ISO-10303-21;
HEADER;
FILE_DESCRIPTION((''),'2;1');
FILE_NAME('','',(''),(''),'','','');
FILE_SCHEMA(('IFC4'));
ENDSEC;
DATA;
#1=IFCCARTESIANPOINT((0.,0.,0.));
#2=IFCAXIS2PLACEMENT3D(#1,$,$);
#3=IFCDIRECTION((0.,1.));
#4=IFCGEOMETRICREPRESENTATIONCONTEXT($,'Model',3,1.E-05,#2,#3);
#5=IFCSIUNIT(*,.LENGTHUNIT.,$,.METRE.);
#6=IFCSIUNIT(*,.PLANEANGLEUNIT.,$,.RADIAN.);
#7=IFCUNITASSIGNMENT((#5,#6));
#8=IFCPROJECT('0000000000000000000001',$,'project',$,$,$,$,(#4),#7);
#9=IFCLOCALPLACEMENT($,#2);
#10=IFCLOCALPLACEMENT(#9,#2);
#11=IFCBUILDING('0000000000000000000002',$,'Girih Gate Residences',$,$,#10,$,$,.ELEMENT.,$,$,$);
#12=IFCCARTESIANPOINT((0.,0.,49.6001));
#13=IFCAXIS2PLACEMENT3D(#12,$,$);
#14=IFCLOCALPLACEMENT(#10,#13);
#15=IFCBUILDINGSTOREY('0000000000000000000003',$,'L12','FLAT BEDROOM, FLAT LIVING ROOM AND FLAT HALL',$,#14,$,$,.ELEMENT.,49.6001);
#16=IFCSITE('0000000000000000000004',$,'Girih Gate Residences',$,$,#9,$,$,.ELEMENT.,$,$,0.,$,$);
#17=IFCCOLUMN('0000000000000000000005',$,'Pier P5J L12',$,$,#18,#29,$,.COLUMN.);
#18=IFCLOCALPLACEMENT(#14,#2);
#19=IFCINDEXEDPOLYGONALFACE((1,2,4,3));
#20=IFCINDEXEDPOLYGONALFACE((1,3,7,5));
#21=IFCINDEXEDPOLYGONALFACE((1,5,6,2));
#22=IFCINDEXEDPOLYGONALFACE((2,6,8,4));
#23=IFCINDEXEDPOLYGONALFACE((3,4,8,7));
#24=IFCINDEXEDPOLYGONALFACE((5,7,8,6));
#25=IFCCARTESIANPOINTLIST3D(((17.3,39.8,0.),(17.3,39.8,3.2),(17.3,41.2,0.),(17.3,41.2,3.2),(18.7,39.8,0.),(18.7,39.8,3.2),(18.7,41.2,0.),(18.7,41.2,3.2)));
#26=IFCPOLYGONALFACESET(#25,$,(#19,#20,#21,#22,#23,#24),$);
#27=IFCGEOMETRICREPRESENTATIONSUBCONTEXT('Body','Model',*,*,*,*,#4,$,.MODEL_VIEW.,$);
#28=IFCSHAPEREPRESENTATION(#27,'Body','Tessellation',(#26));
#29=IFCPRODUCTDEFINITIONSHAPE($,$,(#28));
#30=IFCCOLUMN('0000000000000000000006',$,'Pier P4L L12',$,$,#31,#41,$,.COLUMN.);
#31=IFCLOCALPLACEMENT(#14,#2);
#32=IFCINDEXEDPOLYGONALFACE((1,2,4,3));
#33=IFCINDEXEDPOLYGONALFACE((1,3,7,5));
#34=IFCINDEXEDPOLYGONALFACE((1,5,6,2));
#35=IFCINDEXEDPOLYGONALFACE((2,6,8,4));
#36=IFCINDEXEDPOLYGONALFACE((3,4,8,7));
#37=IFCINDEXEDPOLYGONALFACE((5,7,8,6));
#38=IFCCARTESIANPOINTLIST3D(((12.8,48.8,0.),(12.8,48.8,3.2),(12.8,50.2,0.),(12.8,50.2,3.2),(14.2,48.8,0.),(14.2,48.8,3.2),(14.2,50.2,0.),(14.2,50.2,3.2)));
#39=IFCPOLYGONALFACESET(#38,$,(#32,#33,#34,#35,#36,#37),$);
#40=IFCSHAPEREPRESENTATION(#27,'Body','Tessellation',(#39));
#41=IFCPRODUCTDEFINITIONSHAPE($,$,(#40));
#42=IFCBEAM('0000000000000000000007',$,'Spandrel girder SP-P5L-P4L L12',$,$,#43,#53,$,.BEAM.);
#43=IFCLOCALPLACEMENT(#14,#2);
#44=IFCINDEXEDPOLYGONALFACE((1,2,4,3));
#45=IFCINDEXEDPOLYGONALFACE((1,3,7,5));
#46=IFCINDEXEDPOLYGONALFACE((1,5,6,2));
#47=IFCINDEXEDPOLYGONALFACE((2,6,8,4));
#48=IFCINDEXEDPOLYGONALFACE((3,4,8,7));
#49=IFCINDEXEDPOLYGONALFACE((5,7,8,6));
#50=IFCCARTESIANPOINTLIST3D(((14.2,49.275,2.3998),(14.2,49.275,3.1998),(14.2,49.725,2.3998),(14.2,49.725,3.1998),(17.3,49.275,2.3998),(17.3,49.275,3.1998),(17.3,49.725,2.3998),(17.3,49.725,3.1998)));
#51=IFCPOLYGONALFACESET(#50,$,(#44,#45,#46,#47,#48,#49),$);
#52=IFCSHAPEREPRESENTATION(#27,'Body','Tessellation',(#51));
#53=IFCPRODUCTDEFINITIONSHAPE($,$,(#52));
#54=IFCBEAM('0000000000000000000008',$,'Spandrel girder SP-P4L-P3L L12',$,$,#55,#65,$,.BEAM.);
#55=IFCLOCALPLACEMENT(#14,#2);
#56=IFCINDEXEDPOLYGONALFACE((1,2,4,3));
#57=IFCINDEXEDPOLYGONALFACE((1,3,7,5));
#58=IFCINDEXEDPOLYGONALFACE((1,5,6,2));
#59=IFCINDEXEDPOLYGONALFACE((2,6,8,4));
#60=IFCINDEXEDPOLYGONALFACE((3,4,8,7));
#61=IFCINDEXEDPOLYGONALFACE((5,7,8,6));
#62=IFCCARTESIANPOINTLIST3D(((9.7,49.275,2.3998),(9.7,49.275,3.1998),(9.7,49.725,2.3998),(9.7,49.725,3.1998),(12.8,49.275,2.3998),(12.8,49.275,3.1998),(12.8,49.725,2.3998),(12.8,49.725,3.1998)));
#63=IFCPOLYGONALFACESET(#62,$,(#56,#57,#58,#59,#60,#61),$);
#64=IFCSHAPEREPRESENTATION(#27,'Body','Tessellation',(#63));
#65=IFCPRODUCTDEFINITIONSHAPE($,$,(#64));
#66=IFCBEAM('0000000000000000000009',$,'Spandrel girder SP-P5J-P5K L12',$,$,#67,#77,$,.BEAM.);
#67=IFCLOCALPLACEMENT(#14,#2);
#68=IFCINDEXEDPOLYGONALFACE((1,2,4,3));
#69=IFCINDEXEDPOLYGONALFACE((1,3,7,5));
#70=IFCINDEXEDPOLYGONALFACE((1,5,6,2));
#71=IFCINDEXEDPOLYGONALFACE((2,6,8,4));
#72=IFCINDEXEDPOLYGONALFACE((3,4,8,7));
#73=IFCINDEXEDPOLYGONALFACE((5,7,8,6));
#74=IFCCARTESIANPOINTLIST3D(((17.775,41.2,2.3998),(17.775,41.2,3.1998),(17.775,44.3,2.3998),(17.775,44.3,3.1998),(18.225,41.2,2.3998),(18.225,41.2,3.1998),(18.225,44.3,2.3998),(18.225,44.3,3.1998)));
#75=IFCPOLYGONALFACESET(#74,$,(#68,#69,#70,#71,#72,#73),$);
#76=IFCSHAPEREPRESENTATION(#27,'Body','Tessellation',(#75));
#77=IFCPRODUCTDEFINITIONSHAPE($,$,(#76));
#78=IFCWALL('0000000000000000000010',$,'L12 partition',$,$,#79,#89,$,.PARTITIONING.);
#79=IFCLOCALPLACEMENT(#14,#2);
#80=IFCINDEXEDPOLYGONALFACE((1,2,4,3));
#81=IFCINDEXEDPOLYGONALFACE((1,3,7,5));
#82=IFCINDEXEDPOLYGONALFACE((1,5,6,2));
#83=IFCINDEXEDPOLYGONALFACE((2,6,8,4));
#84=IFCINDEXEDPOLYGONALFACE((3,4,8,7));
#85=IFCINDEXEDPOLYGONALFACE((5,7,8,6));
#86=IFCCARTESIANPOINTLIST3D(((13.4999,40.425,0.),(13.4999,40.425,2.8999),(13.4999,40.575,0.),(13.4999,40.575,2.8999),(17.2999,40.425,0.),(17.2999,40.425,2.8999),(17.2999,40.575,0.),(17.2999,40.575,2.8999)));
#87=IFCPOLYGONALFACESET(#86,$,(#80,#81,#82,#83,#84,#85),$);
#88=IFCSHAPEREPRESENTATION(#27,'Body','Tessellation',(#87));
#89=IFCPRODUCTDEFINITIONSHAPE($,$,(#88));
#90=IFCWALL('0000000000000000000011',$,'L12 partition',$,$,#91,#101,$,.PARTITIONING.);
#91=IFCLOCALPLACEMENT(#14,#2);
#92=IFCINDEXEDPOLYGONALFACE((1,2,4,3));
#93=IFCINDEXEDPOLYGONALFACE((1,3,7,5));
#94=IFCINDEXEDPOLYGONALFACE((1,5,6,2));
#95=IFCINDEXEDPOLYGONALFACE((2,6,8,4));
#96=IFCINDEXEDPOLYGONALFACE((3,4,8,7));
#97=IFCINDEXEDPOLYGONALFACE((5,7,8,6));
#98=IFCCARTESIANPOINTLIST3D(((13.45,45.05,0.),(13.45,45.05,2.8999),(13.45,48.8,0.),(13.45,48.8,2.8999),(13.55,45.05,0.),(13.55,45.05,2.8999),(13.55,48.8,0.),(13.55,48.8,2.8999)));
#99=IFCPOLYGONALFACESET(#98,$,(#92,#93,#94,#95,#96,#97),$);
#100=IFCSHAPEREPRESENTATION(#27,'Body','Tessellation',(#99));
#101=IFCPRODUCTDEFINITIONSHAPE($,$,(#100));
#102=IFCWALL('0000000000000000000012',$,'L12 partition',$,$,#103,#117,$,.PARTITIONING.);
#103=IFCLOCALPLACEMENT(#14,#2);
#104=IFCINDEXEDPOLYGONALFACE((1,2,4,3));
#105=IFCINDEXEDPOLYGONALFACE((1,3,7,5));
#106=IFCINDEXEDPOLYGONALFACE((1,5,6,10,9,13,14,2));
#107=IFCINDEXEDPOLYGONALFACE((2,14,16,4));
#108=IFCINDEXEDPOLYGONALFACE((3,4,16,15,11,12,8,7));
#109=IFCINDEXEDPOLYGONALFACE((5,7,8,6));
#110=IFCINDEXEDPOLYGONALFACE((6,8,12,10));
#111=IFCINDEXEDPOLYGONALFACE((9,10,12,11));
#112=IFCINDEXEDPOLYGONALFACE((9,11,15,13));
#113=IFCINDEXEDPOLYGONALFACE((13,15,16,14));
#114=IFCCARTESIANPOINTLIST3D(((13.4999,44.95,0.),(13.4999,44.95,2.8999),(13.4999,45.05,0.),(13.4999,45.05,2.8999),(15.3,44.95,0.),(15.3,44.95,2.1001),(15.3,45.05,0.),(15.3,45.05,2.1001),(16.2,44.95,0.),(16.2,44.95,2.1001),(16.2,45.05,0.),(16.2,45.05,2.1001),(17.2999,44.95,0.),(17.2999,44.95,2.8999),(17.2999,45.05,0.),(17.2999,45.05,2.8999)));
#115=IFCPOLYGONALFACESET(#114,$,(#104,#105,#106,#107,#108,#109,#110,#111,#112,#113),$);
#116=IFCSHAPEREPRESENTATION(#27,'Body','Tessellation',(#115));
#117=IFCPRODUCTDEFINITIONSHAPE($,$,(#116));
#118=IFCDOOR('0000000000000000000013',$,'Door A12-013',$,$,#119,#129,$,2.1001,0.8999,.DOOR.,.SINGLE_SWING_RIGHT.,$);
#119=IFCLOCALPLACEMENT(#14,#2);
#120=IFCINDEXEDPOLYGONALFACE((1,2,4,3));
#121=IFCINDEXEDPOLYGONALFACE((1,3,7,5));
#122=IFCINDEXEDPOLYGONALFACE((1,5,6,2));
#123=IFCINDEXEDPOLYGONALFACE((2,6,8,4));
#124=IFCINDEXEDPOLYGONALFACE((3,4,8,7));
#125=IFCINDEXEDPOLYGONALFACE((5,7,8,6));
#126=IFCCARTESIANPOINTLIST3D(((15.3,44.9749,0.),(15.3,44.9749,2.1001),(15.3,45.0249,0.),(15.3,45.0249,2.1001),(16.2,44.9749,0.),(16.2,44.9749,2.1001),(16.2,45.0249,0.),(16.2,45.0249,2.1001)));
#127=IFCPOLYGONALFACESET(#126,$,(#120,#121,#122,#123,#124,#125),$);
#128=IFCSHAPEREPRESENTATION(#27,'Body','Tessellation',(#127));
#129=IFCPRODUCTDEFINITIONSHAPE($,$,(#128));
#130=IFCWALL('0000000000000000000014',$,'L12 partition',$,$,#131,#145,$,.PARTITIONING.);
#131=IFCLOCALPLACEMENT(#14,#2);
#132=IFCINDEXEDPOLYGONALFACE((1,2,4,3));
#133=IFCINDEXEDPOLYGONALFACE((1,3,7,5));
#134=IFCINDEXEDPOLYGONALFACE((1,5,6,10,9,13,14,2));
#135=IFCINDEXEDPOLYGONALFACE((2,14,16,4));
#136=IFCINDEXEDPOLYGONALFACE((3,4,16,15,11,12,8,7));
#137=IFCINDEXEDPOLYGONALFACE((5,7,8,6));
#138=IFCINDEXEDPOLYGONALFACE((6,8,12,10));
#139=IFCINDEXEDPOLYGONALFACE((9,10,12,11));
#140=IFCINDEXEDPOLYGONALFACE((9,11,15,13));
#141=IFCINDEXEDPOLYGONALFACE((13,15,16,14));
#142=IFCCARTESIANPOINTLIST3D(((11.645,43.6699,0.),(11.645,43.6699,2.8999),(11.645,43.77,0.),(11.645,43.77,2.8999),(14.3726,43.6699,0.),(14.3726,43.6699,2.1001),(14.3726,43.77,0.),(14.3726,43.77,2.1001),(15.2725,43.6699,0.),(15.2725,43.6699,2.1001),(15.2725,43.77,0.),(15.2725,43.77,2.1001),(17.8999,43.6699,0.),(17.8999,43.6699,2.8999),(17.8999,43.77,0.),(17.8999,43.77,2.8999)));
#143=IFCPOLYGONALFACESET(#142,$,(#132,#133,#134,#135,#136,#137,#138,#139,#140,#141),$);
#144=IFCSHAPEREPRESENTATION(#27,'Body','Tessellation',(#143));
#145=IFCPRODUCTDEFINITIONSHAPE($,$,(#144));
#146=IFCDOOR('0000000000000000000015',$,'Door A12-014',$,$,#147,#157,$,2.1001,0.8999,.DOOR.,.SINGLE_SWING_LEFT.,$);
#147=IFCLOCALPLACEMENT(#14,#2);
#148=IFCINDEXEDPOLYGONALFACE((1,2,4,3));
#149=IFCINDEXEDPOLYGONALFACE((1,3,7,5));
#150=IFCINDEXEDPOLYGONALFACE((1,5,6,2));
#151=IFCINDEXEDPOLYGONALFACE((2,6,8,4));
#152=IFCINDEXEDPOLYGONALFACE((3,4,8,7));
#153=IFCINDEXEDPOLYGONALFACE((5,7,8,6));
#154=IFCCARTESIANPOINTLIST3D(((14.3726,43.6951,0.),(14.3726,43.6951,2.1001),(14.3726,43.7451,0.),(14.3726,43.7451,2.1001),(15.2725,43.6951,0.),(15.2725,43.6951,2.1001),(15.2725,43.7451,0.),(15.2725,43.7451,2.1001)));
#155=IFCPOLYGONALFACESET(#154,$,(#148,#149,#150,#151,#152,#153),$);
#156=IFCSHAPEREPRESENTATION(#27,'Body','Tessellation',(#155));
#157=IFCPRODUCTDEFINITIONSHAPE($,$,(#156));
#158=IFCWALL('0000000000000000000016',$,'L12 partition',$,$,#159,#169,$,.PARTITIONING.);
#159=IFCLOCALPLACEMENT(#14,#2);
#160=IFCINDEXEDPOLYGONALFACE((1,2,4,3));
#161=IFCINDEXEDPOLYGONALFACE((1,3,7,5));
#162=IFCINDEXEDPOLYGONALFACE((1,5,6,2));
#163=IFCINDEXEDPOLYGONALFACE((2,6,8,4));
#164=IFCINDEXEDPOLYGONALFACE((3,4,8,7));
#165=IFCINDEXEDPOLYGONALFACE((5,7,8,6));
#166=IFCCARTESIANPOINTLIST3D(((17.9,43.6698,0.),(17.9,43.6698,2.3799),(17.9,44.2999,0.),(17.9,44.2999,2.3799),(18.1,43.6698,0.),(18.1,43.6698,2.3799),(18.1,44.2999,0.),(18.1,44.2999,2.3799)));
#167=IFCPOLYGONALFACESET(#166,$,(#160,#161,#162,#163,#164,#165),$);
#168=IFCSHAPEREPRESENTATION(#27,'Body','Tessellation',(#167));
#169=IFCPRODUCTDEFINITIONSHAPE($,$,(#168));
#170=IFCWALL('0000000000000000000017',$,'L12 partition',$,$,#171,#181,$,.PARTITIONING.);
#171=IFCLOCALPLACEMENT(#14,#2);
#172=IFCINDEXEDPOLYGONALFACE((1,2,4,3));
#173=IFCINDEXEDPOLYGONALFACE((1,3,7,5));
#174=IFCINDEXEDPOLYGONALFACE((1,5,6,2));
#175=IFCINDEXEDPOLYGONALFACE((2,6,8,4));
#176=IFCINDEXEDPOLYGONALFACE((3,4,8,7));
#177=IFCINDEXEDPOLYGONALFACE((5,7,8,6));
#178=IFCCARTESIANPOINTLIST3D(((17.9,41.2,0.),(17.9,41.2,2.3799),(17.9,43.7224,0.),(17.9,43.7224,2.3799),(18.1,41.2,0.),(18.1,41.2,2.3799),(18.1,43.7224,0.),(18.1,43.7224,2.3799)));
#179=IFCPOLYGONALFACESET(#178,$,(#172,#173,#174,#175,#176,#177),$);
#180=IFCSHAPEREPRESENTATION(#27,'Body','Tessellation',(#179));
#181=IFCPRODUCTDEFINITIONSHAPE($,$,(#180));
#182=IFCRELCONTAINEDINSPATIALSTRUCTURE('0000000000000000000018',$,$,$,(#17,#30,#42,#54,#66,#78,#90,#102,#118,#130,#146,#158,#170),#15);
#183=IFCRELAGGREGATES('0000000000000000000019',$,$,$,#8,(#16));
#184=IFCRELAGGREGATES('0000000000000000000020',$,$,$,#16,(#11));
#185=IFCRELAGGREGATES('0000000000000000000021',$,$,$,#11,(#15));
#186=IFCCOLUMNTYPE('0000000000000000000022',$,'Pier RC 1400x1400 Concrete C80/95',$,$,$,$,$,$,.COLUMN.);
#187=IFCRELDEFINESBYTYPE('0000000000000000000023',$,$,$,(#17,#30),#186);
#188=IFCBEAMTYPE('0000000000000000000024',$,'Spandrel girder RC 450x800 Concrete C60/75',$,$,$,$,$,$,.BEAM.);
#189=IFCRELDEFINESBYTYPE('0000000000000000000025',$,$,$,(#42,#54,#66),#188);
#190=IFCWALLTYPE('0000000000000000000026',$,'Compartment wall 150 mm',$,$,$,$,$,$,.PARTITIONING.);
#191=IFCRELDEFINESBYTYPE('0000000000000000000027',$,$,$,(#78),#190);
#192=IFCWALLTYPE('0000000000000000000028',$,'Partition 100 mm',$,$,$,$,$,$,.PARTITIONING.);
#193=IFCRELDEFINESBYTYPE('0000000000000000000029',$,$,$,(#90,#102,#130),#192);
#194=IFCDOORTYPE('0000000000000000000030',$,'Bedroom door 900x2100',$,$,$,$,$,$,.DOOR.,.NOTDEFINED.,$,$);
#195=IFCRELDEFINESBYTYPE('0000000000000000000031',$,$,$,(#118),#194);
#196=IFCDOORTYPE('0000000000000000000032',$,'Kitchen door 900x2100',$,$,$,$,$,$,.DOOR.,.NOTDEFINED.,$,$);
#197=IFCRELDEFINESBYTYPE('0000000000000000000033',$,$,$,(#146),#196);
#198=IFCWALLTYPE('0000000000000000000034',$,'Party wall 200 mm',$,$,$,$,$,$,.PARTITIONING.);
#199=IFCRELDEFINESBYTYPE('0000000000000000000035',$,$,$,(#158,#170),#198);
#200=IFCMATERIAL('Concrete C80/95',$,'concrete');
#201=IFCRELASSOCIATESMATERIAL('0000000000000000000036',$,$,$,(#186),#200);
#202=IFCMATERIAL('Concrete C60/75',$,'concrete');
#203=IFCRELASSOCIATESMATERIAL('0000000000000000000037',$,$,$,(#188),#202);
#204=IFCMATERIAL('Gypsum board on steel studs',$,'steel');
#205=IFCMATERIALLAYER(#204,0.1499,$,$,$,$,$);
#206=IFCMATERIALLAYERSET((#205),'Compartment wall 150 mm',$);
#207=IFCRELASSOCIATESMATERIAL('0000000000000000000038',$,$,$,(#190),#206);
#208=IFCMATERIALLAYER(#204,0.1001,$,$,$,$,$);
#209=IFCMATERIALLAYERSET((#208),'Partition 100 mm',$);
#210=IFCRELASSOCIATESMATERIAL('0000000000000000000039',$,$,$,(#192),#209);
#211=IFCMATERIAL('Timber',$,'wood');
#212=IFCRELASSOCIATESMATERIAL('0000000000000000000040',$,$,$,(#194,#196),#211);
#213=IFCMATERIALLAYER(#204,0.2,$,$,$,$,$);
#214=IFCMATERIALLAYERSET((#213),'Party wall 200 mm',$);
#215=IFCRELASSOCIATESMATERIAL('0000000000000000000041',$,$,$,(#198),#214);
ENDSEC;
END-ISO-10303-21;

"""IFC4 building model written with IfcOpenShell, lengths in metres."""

from ifc_helpers import new_model, si_unit, direction, frame, frame_2d, origin, origin_2d, place, context, subcontext, project, spatial, rectangle, extrude, material, layer, layer_set, material_profile, profile_set, type_object, element, fill, save


model = new_model("IFC4")

# Units and contexts
model_context = context("Model", 3, precision=1e-05, world=origin(), true_north=direction((0.0, 1.0)))
body_context = subcontext(model_context, "Body", "Model", "MODEL_VIEW")
ifc_project = project(units=[si_unit("LENGTHUNIT", "METRE"), si_unit("PLANEANGLEUNIT", "RADIAN")], contexts=[model_context])

# Site, building, storey
site_placement = place(None, origin())
site = spatial("IfcSite", under=ifc_project, at=site_placement, Name="Girih Gate Residences", CompositionType="ELEMENT", RefElevation=0.0)
building_placement = place(site_placement, origin())
building = spatial("IfcBuilding", under=site, at=building_placement, Name="Girih Gate Residences", CompositionType="ELEMENT")
storey_placement = place(building_placement, frame((0.0, 0.0, 49.6001)))
storey = spatial("IfcBuildingStorey", under=building, at=storey_placement, Name="L12", Description="FLAT BEDROOM, FLAT LIVING ROOM AND FLAT HALL", CompositionType="ELEMENT", Elevation=49.6001)

# Columns
ifc_material_1 = material(Name="Concrete C80/95", Category="concrete")
ifc_material_profile_1 = material_profile(ifc_material_1, rectangle(XDim=1.3999, YDim=1.3999, at=origin_2d()))
ifc_profile_set_1 = profile_set([ifc_material_profile_1], Name="Concrete C80/95")
column_type = type_object("IfcColumnType", Name="Pier RC 1400x1400 Concrete C80/95", PredefinedType="COLUMN", material=ifc_profile_set_1)
for number, where, z_axis, x_axis, name in (
    (1, (18.0, 40.5, 0.0), (0.0, 0.0, 1.0), (1.0, 0.0, 0.0), "Pier P5J L12"),
    (2, (13.5, 49.5, 0.0), (0.0, 0.0, 1.0), (1.0, 0.0, 0.0), "Pier P4L L12"),
):
    element("IfcColumn", number, at=place(storey_placement, frame(where, z_axis=z_axis, x_axis=x_axis)), inside=storey, type_object=column_type, Name=name, PredefinedType="COLUMN", context=body_context, shape_type="SweptSolid", body=[
        extrude(rectangle(XDim=1.3999, YDim=1.3999, at=origin_2d()), origin(), (0.0, 0.0, 1.0), 3.2),
    ])

# Beams
ifc_material_2 = material(Name="Concrete C60/75", Category="concrete")
ifc_material_profile_2 = material_profile(ifc_material_2, rectangle(XDim=0.45, YDim=0.8, at=origin_2d()))
ifc_profile_set_2 = profile_set([ifc_material_profile_2], Name="Concrete C60/75")
beam_type = type_object("IfcBeamType", Name="Spandrel girder RC 450x800 Concrete C60/75", PredefinedType="BEAM", material=ifc_profile_set_2)
for number, where, z_axis, x_axis, name in (
    (3, (17.3, 49.5, 2.7998), (-1.0, 0.0, 0.0), (0.0, -1.0, 0.0), "Spandrel girder SP-P5L-P4L L12"),
    (4, (12.8, 49.5, 2.7998), (-1.0, 0.0, 0.0), (0.0, -1.0, 0.0), "Spandrel girder SP-P4L-P3L L12"),
    (5, (18.0, 41.2, 2.7998), (0.0, 1.0, 0.0), (-1.0, 0.0, 0.0), "Spandrel girder SP-P5J-P5K L12"),
):
    element("IfcBeam", number, at=place(storey_placement, frame(where, z_axis=z_axis, x_axis=x_axis)), inside=storey, type_object=beam_type, Name=name, PredefinedType="BEAM", context=body_context, shape_type="SweptSolid", body=[
        extrude(rectangle(XDim=0.45, YDim=0.8, at=origin_2d()), origin(), (0.0, 0.0, 1.0), 3.1001),
    ])

# Walls
ifc_material_3 = material(Name="Gypsum board on steel studs", Category="steel")
ifc_layer_1 = layer(ifc_material_3, 0.1499)
ifc_layer_set_1 = layer_set([ifc_layer_1], Name="Compartment wall 150 mm")
wall_type_1 = type_object("IfcWallType", Name="Compartment wall 150 mm", PredefinedType="PARTITIONING", material=ifc_layer_set_1)
wall_1_placement = place(storey_placement, frame((13.5, 40.5, 0.0), z_axis=(0.0, 0.0, 1.0), x_axis=(1.0, 0.0, 0.0)))
element("IfcWall", 6, at=wall_1_placement, inside=storey, type_object=wall_type_1, Name="L12 partition", PredefinedType="PARTITIONING", context=body_context, shape_type="SweptSolid", body=[
    extrude(rectangle(XDim=3.8, YDim=0.1499, at=frame_2d((1.8999, 0.0))), origin(), (0.0, 0.0, 1.0), 2.8999),
])
ifc_layer_2 = layer(ifc_material_3, 0.1001)
ifc_layer_set_2 = layer_set([ifc_layer_2], Name="Partition 100 mm")
wall_type_2 = type_object("IfcWallType", Name="Partition 100 mm", PredefinedType="PARTITIONING", material=ifc_layer_set_2)
wall_2_placement = place(storey_placement, frame((13.5, 45.05, 0.0), z_axis=(0.0, 0.0, 1.0), x_axis=(0.0, 1.0, 0.0)))
element("IfcWall", 7, at=wall_2_placement, inside=storey, type_object=wall_type_2, Name="L12 partition", PredefinedType="PARTITIONING", context=body_context, shape_type="SweptSolid", body=[
    extrude(rectangle(XDim=3.75, YDim=0.1001, at=frame_2d((1.875, 0.0))), origin(), (0.0, 0.0, 1.0), 2.8999),
])

# Walls, openings, doors
wall_3_placement = place(storey_placement, frame((13.5, 45.0, 0.0), z_axis=(0.0, 0.0, 1.0), x_axis=(1.0, 0.0, 0.0)))
wall_3 = element("IfcWall", 8, at=wall_3_placement, inside=storey, type_object=wall_type_2, Name="L12 partition", PredefinedType="PARTITIONING", context=body_context, shape_type="SweptSolid", body=[
    extrude(rectangle(XDim=3.8, YDim=0.1001, at=frame_2d((1.8999, 0.0))), origin(), (0.0, 0.0, 1.0), 2.8999),
])
opening_1_placement = place(wall_3_placement, frame((1.8, 0.0, 0.0)))
opening_1 = element("IfcOpeningElement", 9, at=opening_1_placement, cuts=wall_3, PredefinedType="OPENING", context=body_context, shape_type="SweptSolid", body=[
    extrude(rectangle(XDim=0.8999, YDim=2.1001, at=frame_2d((0.45, 1.05))), frame((0.0, 0.0601, 0.0), z_axis=(0.0, -1.0, 0.0), x_axis=(1.0, 0.0, 0.0)), (0.0, 0.0, 1.0), 0.1201),
])
ifc_material_4 = material(Name="Timber", Category="wood")
door_type_1 = type_object("IfcDoorType", Name="Bedroom door 900x2100", OperationType="NOTDEFINED", PredefinedType="DOOR", material=ifc_material_4)
door_1_placement = place(opening_1_placement, origin())
door_1 = element("IfcDoor", 10, at=door_1_placement, inside=storey, type_object=door_type_1, Name="Door A12-013", OperationType="SINGLE_SWING_RIGHT", OverallHeight=2.1001, OverallWidth=0.8999, PredefinedType="DOOR", context=body_context, shape_type="SweptSolid", body=[
    extrude(rectangle(XDim=0.8999, YDim=2.1001, at=frame_2d((0.45, 1.05))), frame((0.0, 0.0249, 0.0), z_axis=(0.0, -1.0, 0.0), x_axis=(1.0, 0.0, 0.0)), (0.0, 0.0, 1.0), 0.05),
])
fill(opening_1, door_1)
wall_4_placement = place(storey_placement, frame((17.8999, 43.72, 0.0), z_axis=(0.0, 0.0, 1.0), x_axis=(-1.0, 0.0, 0.0)))
wall_4 = element("IfcWall", 11, at=wall_4_placement, inside=storey, type_object=wall_type_2, Name="L12 partition", PredefinedType="PARTITIONING", context=body_context, shape_type="SweptSolid", body=[
    extrude(rectangle(XDim=6.2549, YDim=0.1001, at=frame_2d((3.1274, 0.0))), origin(), (0.0, 0.0, 1.0), 2.8999),
])
opening_2_placement = place(wall_4_placement, frame((2.6274, 0.0, 0.0)))
opening_2 = element("IfcOpeningElement", 12, at=opening_2_placement, cuts=wall_4, PredefinedType="OPENING", context=body_context, shape_type="SweptSolid", body=[
    extrude(rectangle(XDim=0.8999, YDim=2.1001, at=frame_2d((0.45, 1.05))), frame((0.0, 0.0601, 0.0), z_axis=(0.0, -1.0, 0.0), x_axis=(1.0, 0.0, 0.0)), (0.0, 0.0, 1.0), 0.1201),
])
door_type_2 = type_object("IfcDoorType", Name="Kitchen door 900x2100", OperationType="NOTDEFINED", PredefinedType="DOOR", material=ifc_material_4)
door_2_placement = place(opening_2_placement, origin())
door_2 = element("IfcDoor", 13, at=door_2_placement, inside=storey, type_object=door_type_2, Name="Door A12-014", OperationType="SINGLE_SWING_LEFT", OverallHeight=2.1001, OverallWidth=0.8999, PredefinedType="DOOR", context=body_context, shape_type="SweptSolid", body=[
    extrude(rectangle(XDim=0.8999, YDim=2.1001, at=frame_2d((0.45, 1.05))), frame((0.0, 0.0249, 0.0), z_axis=(0.0, -1.0, 0.0), x_axis=(1.0, 0.0, 0.0)), (0.0, 0.0, 1.0), 0.05),
])
fill(opening_2, door_2)

# Walls
ifc_layer_3 = layer(ifc_material_3, 0.2)
ifc_layer_set_3 = layer_set([ifc_layer_3], Name="Party wall 200 mm")
wall_type_3 = type_object("IfcWallType", Name="Party wall 200 mm", PredefinedType="PARTITIONING", material=ifc_layer_set_3)
wall_5_placement = place(storey_placement, frame((18.0, 43.6699, 0.0), z_axis=(0.0, 0.0, 1.0), x_axis=(0.0, 1.0, 0.0)))
element("IfcWall", 14, at=wall_5_placement, inside=storey, type_object=wall_type_3, Name="L12 partition", PredefinedType="PARTITIONING", context=body_context, shape_type="SweptSolid", body=[
    extrude(rectangle(XDim=0.6301, YDim=0.2, at=frame_2d((0.3149, 0.0))), origin(), (0.0, 0.0, 1.0), 2.3799),
])
wall_6_placement = place(storey_placement, frame((18.0, 41.2, 0.0), z_axis=(0.0, 0.0, 1.0), x_axis=(0.0, 1.0, 0.0)))
element("IfcWall", 15, at=wall_6_placement, inside=storey, type_object=wall_type_3, Name="L12 partition", PredefinedType="PARTITIONING", context=body_context, shape_type="SweptSolid", body=[
    extrude(rectangle(XDim=2.5225, YDim=0.2, at=frame_2d((1.2612, 0.0))), origin(), (0.0, 0.0, 1.0), 2.3799),
])

save(model, "model.ifc")
